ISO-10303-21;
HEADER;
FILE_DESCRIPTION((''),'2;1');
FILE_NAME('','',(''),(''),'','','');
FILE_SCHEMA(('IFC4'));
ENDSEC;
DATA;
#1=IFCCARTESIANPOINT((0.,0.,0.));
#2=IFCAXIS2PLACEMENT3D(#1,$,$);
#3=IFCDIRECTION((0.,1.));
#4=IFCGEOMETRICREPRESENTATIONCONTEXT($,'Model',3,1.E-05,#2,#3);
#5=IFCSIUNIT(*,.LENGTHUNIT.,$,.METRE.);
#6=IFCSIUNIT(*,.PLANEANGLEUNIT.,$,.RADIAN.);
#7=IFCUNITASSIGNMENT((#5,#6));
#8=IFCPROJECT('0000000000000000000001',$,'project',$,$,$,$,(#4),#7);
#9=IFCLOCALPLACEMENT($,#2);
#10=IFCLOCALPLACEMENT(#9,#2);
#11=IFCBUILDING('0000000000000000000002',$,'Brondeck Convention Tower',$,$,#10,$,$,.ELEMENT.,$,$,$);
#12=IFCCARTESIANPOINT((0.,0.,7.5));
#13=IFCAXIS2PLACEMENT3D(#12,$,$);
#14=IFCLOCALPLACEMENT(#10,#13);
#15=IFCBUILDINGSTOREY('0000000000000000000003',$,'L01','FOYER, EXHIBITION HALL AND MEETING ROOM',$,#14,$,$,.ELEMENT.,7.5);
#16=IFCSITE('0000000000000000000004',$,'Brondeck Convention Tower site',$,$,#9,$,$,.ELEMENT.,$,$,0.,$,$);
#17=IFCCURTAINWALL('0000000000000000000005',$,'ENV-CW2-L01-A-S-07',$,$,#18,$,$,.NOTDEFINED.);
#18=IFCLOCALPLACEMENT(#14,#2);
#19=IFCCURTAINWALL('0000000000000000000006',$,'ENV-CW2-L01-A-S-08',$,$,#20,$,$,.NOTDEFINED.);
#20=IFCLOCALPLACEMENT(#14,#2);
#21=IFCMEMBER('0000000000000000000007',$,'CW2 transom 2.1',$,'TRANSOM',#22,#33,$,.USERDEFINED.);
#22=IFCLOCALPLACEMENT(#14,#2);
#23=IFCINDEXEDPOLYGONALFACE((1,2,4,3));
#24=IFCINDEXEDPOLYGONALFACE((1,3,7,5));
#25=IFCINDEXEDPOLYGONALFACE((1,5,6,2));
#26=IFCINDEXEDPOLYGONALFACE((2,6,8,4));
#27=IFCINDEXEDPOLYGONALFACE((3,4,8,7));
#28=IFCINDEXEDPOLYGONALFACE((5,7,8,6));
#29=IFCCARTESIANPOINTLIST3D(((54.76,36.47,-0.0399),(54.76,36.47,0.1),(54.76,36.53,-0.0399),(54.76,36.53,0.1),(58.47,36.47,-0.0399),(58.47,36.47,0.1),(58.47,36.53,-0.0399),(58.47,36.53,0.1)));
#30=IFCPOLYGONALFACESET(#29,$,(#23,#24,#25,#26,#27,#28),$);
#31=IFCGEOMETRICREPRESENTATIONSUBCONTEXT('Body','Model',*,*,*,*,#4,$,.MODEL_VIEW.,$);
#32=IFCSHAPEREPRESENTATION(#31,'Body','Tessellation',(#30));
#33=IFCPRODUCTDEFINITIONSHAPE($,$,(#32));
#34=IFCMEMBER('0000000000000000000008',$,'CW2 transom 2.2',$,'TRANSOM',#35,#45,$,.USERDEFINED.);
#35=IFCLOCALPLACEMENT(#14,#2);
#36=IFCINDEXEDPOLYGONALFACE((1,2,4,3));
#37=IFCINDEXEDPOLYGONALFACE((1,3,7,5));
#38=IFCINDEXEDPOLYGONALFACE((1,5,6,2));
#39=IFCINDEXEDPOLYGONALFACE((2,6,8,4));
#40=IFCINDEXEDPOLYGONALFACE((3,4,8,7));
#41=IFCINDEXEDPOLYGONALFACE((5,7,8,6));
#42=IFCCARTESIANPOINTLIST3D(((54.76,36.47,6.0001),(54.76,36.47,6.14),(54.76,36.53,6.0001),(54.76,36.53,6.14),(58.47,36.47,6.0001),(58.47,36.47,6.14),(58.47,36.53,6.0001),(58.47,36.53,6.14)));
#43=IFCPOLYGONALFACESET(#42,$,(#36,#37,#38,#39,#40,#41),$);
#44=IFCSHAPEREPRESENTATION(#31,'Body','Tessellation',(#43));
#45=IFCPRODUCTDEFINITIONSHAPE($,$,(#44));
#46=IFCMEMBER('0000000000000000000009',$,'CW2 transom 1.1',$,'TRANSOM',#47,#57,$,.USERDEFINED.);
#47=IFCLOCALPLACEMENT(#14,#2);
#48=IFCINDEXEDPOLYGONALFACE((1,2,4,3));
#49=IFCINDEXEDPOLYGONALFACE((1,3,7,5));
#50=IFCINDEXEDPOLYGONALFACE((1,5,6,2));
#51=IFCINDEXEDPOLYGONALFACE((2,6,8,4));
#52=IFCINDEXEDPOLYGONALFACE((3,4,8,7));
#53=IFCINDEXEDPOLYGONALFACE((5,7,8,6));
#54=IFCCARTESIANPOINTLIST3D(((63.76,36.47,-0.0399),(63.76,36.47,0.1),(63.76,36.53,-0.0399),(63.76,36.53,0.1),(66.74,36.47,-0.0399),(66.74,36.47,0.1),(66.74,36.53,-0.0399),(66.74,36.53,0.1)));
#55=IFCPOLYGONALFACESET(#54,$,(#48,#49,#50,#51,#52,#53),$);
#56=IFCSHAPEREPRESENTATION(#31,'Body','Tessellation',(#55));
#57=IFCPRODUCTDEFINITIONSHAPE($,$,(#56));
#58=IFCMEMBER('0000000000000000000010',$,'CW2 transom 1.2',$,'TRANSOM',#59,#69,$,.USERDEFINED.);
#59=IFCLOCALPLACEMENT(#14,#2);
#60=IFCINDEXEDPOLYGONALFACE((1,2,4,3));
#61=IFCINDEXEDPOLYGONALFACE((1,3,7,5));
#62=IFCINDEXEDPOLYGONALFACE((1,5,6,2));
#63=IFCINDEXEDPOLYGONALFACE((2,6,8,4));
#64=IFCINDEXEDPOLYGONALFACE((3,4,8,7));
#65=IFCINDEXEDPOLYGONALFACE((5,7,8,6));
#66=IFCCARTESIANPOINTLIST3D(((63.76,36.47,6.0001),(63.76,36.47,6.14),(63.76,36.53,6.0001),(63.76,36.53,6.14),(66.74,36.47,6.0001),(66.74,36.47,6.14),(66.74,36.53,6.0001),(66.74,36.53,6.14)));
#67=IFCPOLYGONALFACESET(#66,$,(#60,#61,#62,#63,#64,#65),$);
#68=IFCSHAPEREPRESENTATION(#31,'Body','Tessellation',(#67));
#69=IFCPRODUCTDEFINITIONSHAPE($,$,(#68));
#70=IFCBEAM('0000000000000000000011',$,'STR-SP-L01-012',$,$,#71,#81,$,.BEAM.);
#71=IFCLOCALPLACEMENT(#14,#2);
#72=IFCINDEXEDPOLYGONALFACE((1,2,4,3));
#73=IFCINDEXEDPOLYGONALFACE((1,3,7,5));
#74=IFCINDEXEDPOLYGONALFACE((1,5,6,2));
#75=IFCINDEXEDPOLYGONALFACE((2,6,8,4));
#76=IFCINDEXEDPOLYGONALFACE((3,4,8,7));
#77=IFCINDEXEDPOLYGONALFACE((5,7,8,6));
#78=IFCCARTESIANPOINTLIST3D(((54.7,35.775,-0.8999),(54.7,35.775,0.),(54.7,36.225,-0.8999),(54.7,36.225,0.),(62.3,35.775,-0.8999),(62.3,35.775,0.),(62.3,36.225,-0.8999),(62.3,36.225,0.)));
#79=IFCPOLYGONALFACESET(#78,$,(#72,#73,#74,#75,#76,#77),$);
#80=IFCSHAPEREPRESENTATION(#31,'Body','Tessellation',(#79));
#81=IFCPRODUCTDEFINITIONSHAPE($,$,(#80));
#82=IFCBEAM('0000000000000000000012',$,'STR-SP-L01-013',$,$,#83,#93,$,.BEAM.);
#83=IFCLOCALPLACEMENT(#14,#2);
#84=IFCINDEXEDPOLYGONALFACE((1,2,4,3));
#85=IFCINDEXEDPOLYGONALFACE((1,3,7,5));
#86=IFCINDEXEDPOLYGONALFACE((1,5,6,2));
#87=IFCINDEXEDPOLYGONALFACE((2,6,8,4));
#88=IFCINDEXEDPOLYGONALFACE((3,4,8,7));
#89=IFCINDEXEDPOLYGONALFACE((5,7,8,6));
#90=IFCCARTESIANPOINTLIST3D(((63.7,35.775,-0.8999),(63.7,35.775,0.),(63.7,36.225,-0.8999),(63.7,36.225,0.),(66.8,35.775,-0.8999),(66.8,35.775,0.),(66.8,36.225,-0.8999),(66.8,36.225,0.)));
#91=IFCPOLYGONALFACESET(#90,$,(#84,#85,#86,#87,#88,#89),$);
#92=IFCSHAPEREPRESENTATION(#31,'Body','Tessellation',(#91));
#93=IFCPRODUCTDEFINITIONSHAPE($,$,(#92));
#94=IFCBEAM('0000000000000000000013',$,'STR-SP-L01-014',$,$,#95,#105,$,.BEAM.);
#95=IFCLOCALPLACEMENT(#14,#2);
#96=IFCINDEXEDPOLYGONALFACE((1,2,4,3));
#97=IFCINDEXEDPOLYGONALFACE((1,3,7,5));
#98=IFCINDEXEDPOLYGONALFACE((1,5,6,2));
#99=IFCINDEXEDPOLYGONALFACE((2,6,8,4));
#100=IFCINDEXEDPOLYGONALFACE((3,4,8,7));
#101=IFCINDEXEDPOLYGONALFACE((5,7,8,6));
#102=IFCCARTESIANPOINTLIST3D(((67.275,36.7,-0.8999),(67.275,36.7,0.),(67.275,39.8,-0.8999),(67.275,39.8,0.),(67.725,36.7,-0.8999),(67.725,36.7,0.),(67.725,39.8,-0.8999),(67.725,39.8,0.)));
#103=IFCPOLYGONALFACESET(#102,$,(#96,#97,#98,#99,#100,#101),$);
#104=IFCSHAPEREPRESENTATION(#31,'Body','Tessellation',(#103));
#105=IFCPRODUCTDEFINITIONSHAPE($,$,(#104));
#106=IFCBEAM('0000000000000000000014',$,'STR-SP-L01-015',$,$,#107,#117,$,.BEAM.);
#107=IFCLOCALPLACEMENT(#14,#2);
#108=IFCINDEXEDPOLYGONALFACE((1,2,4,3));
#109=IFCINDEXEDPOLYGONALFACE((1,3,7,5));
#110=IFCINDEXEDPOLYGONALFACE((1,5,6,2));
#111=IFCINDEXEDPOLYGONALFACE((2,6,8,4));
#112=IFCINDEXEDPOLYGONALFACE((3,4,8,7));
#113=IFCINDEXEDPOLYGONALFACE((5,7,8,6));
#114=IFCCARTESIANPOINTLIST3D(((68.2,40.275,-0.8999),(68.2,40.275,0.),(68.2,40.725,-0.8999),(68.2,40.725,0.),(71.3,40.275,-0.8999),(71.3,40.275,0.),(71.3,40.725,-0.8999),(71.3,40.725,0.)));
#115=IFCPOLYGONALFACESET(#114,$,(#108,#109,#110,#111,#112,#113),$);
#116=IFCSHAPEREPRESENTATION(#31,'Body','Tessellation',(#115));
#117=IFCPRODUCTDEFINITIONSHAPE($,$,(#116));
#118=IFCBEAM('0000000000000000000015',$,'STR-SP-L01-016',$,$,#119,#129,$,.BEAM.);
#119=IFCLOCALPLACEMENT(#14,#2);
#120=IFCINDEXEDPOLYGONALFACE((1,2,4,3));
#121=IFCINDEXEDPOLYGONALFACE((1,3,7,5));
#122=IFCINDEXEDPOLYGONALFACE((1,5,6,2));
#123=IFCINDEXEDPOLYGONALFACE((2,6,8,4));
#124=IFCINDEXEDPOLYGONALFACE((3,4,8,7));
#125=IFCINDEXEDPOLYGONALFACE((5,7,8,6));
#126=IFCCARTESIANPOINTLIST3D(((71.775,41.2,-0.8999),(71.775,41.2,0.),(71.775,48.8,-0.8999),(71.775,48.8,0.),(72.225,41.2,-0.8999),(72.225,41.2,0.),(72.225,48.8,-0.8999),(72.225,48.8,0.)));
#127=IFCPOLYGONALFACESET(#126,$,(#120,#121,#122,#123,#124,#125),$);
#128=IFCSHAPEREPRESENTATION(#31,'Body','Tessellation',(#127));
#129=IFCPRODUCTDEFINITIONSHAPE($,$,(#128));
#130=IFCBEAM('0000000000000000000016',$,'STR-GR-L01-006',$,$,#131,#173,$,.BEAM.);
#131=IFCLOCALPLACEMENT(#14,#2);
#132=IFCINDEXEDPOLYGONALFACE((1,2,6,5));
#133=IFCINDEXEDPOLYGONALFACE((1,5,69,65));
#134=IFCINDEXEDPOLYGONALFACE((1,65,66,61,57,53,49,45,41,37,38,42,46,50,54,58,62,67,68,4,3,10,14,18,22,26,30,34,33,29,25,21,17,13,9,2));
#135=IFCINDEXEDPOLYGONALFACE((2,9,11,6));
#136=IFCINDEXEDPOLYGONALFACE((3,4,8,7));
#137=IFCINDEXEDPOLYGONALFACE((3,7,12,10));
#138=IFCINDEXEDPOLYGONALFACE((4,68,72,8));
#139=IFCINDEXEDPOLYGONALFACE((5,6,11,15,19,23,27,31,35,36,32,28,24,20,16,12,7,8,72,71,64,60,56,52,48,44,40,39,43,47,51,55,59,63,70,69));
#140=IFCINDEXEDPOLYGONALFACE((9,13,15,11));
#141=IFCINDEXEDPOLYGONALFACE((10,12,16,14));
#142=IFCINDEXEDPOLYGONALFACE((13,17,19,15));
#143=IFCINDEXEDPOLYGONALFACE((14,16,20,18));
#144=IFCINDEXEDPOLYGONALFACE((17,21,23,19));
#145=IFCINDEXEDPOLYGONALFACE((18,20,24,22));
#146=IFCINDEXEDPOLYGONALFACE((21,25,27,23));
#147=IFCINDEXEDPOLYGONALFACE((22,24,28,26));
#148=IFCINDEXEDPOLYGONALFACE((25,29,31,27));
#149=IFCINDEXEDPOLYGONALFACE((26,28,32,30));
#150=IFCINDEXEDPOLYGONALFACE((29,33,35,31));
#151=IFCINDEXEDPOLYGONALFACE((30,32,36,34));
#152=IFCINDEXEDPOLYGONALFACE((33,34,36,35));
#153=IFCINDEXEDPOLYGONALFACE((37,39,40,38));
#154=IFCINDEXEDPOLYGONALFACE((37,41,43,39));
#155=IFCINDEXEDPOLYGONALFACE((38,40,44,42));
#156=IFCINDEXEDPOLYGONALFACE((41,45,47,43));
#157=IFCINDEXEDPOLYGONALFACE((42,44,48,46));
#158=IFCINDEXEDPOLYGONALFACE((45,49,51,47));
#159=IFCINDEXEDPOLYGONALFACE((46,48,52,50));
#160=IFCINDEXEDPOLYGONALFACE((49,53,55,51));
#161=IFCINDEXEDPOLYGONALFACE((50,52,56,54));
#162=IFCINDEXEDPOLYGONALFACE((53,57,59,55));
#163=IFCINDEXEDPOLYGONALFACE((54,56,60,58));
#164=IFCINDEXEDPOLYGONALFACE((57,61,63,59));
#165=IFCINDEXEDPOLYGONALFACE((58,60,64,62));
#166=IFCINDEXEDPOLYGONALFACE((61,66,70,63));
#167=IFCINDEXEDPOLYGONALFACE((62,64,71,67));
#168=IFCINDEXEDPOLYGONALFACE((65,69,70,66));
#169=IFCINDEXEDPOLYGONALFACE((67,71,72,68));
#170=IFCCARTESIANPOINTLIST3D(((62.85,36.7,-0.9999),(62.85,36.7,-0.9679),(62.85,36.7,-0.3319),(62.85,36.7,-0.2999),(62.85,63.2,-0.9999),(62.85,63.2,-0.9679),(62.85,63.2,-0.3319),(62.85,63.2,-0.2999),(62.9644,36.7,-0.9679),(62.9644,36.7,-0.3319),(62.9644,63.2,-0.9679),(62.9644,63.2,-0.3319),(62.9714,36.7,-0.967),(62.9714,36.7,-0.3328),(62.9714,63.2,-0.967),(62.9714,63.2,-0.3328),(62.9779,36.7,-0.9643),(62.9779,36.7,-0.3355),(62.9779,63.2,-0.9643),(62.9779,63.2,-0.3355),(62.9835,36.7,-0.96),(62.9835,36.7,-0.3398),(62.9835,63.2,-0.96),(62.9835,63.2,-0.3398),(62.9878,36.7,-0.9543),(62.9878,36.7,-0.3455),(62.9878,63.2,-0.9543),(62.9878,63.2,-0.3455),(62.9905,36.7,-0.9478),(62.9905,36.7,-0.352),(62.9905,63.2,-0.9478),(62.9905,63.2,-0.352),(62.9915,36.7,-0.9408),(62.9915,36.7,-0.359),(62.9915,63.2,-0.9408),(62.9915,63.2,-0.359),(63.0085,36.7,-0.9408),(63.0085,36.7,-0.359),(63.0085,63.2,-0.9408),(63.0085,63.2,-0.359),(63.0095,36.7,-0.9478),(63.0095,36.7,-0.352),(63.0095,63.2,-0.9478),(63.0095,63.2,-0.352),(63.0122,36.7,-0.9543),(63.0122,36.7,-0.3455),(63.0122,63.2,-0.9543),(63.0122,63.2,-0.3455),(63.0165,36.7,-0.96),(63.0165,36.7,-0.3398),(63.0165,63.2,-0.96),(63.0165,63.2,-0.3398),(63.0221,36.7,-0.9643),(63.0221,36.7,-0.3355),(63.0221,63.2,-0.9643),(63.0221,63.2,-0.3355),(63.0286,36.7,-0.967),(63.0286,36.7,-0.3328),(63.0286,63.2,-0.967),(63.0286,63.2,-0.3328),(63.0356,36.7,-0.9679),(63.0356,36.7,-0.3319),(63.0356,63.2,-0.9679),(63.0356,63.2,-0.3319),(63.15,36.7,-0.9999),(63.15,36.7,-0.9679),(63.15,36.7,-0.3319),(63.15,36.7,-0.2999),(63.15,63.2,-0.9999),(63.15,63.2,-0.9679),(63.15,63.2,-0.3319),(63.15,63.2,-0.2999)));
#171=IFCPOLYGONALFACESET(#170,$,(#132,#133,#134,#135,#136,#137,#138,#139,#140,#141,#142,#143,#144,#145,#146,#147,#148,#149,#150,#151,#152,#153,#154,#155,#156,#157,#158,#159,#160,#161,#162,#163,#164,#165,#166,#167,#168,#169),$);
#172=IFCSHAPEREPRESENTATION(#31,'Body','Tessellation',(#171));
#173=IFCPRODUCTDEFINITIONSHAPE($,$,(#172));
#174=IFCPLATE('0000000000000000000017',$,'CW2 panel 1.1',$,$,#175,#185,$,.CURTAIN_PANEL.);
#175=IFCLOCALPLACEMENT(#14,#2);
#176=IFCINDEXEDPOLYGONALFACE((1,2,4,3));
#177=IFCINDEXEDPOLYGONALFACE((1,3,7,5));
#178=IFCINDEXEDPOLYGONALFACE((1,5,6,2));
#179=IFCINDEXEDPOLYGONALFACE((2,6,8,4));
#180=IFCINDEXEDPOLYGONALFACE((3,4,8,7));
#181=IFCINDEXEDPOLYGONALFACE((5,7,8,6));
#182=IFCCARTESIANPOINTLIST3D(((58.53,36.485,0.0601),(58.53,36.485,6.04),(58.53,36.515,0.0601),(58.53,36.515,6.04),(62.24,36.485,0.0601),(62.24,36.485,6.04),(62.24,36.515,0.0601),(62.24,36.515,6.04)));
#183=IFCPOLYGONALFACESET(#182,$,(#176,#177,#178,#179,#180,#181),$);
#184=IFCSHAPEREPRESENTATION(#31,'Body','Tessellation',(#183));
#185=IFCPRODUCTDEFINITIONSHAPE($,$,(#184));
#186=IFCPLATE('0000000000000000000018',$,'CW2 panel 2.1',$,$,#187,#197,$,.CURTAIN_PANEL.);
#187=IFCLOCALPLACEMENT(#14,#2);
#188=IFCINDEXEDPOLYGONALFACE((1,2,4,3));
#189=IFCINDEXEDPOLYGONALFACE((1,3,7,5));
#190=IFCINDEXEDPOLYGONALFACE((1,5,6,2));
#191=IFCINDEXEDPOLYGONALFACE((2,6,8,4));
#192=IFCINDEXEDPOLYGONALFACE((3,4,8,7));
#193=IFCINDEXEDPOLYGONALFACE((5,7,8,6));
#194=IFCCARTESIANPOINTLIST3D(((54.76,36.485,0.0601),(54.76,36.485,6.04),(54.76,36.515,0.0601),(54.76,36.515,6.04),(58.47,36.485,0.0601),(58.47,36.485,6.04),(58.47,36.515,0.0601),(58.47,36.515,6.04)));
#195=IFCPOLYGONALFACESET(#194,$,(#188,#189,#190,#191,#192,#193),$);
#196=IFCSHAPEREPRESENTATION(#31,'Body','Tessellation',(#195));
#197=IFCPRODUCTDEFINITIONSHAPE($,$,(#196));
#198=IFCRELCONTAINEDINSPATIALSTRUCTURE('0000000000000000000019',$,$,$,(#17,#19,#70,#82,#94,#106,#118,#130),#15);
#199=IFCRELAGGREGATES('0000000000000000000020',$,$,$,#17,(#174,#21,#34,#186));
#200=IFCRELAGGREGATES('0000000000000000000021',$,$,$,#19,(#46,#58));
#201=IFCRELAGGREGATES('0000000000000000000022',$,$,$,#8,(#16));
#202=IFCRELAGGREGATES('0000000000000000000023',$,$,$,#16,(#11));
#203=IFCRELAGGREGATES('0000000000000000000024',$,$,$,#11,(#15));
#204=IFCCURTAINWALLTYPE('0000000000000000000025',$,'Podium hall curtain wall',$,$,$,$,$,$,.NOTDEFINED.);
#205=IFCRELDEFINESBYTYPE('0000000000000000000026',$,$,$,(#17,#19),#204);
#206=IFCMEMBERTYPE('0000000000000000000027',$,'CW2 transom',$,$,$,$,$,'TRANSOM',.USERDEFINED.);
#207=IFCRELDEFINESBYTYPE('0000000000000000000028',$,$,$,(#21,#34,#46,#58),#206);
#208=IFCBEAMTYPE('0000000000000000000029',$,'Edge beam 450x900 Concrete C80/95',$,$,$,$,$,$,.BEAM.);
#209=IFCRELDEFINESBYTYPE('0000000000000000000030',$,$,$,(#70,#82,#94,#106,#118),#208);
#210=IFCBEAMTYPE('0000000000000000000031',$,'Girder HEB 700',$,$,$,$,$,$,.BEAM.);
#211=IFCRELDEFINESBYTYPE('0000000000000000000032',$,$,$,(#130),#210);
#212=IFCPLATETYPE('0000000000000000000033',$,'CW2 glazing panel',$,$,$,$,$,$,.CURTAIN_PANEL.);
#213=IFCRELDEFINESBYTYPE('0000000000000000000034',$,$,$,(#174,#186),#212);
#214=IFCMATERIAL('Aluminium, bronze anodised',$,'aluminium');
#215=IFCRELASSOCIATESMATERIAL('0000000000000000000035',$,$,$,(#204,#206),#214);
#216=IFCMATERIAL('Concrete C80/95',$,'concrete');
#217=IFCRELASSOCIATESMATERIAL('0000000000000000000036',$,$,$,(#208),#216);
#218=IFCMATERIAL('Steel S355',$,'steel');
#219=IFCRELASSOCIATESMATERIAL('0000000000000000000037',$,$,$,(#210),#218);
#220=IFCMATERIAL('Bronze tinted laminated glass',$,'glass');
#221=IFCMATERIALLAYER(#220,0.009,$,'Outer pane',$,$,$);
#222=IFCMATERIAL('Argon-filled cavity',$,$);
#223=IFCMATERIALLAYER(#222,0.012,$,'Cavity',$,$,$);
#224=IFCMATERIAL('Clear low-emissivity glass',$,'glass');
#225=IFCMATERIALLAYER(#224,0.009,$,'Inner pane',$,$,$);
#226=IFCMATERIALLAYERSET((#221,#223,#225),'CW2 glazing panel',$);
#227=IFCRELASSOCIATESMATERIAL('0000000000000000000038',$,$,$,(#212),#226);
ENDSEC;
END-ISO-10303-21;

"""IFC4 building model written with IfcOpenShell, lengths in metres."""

from ifc_helpers import new_model, si_unit, direction, frame, origin, origin_2d, place, context, subcontext, project, spatial, rectangle, i_section, extrude, material, layer, layer_set, material_profile, profile_set, type_object, element, aggregate, save


model = new_model("IFC4")

# Units and contexts
model_context = context("Model", 3, precision=1e-05, world=origin(), true_north=direction((0.0, 1.0)))
body_context = subcontext(model_context, "Body", "Model", "MODEL_VIEW")
ifc_project = project(units=[si_unit("LENGTHUNIT", "METRE"), si_unit("PLANEANGLEUNIT", "RADIAN")], contexts=[model_context])

# Site, building, storey
site_placement = place(None, origin())
site = spatial("IfcSite", under=ifc_project, at=site_placement, Name="Brondeck Convention Tower site", CompositionType="ELEMENT", RefElevation=0.0)
building_placement = place(site_placement, origin())
building = spatial("IfcBuilding", under=site, at=building_placement, Name="Brondeck Convention Tower", CompositionType="ELEMENT")
storey_placement = place(building_placement, frame((0.0, 0.0, 7.5)))
storey = spatial("IfcBuildingStorey", under=building, at=storey_placement, Name="L01", Description="FOYER, EXHIBITION HALL AND MEETING ROOM", CompositionType="ELEMENT", Elevation=7.5)

# Shared definitions
ifc_material_1 = material(Name="Concrete C80/95", Category="concrete")

# Curtain walls
ifc_material_2 = material(Name="Aluminium, bronze anodised", Category="aluminium")
curtain_wall_type = type_object("IfcCurtainWallType", Name="Podium hall curtain wall", PredefinedType="NOTDEFINED", material=ifc_material_2)
curtain_wall_1_placement = place(storey_placement, origin())
curtain_wall_1 = element("IfcCurtainWall", 1, at=curtain_wall_1_placement, inside=storey, type_object=curtain_wall_type, Name="ENV-CW2-L01-A-S-07", PredefinedType="NOTDEFINED")
curtain_wall_2_placement = place(storey_placement, origin())
curtain_wall_2 = element("IfcCurtainWall", 2, at=curtain_wall_2_placement, inside=storey, type_object=curtain_wall_type, Name="ENV-CW2-L01-A-S-08", PredefinedType="NOTDEFINED")

# Members
ifc_material_profile_1 = material_profile(ifc_material_2, rectangle(XDim=0.0601, YDim=0.1399, at=origin_2d()), Name="CW2 transom")
ifc_profile_set_1 = profile_set([ifc_material_profile_1], Name="Aluminium, bronze anodised")
member_type_1 = type_object("IfcMemberType", Name="CW2 transom", ElementType="TRANSOM", PredefinedType="USERDEFINED", material=ifc_profile_set_1)
member_1_placement = place(storey_placement, frame((58.47, 36.5, 0.03), z_axis=(-1.0, 0.0, 0.0), x_axis=(0.0, -1.0, 0.0)))
member_1 = element("IfcMember", 3, at=member_1_placement, type_object=member_type_1, Name="CW2 transom 2.1", ObjectType="TRANSOM", PredefinedType="USERDEFINED", context=body_context, shape_type="SweptSolid", body=[
    extrude(rectangle(XDim=0.0601, YDim=0.1399, at=origin_2d()), origin(), (0.0, 0.0, 1.0), 3.71),
])
member_2_placement = place(storey_placement, frame((58.47, 36.5, 6.0701), z_axis=(-1.0, 0.0, 0.0), x_axis=(0.0, -1.0, 0.0)))
member_2 = element("IfcMember", 4, at=member_2_placement, type_object=member_type_1, Name="CW2 transom 2.2", ObjectType="TRANSOM", PredefinedType="USERDEFINED", context=body_context, shape_type="SweptSolid", body=[
    extrude(rectangle(XDim=0.0601, YDim=0.1399, at=origin_2d()), origin(), (0.0, 0.0, 1.0), 3.71),
])
member_3_placement = place(storey_placement, frame((66.74, 36.5, 0.03), z_axis=(-1.0, 0.0, 0.0), x_axis=(0.0, -1.0, 0.0)))
member_3 = element("IfcMember", 5, at=member_3_placement, type_object=member_type_1, Name="CW2 transom 1.1", ObjectType="TRANSOM", PredefinedType="USERDEFINED", context=body_context, shape_type="SweptSolid", body=[
    extrude(rectangle(XDim=0.0601, YDim=0.1399, at=origin_2d()), origin(), (0.0, 0.0, 1.0), 2.98),
])
member_4_placement = place(storey_placement, frame((66.74, 36.5, 6.0701), z_axis=(-1.0, 0.0, 0.0), x_axis=(0.0, -1.0, 0.0)))
member_4 = element("IfcMember", 6, at=member_4_placement, type_object=member_type_1, Name="CW2 transom 1.2", ObjectType="TRANSOM", PredefinedType="USERDEFINED", context=body_context, shape_type="SweptSolid", body=[
    extrude(rectangle(XDim=0.0601, YDim=0.1399, at=origin_2d()), origin(), (0.0, 0.0, 1.0), 2.98),
])

# Beams
ifc_material_profile_2 = material_profile(ifc_material_1, rectangle(XDim=0.45, YDim=0.8999, at=origin_2d()), Name="Edge beam 450x900 Concrete C80/95")
ifc_profile_set_2 = profile_set([ifc_material_profile_2], Name="Concrete C80/95")
beam_type_1 = type_object("IfcBeamType", Name="Edge beam 450x900 Concrete C80/95", PredefinedType="BEAM", material=ifc_profile_set_2)
beam_1_placement = place(storey_placement, frame((54.7, 36.0, -0.45), z_axis=(1.0, 0.0, 0.0), x_axis=(0.0, 1.0, 0.0)))
element("IfcBeam", 7, at=beam_1_placement, inside=storey, type_object=beam_type_1, Name="STR-SP-L01-012", PredefinedType="BEAM", context=body_context, shape_type="SweptSolid", body=[
    extrude(rectangle(XDim=0.45, YDim=0.8999, at=origin_2d()), origin(), (0.0, 0.0, 1.0), 7.6001),
])
for number, where, z_axis, x_axis, name in (
    (8, (63.7, 36.0, -0.45), (1.0, 0.0, 0.0), (0.0, 1.0, 0.0), "STR-SP-L01-013"),
    (9, (67.5, 36.7, -0.45), (0.0, 1.0, 0.0), (-1.0, 0.0, 0.0), "STR-SP-L01-014"),
    (10, (68.2, 40.5, -0.45), (1.0, 0.0, 0.0), (0.0, 1.0, 0.0), "STR-SP-L01-015"),
):
    element("IfcBeam", number, at=place(storey_placement, frame(where, z_axis=z_axis, x_axis=x_axis)), inside=storey, type_object=beam_type_1, Name=name, PredefinedType="BEAM", context=body_context, shape_type="SweptSolid", body=[
        extrude(rectangle(XDim=0.45, YDim=0.8999, at=origin_2d()), origin(), (0.0, 0.0, 1.0), 3.1001),
    ])
beam_2_placement = place(storey_placement, frame((72.0, 41.2, -0.45), z_axis=(0.0, 1.0, 0.0), x_axis=(-1.0, 0.0, 0.0)))
element("IfcBeam", 11, at=beam_2_placement, inside=storey, type_object=beam_type_1, Name="STR-SP-L01-016", PredefinedType="BEAM", context=body_context, shape_type="SweptSolid", body=[
    extrude(rectangle(XDim=0.45, YDim=0.8999, at=origin_2d()), origin(), (0.0, 0.0, 1.0), 7.6001),
])
ifc_material_3 = material(Name="Steel S355", Category="steel")
ifc_material_profile_3 = material_profile(ifc_material_3, i_section(OverallWidth=0.3, OverallDepth=0.7, WebThickness=0.0171, FlangeThickness=0.032, FilletRadius=0.0271, at=origin_2d()), Name="HEB 700")
ifc_profile_set_3 = profile_set([ifc_material_profile_3], Name="Steel S355")
beam_type_2 = type_object("IfcBeamType", Name="Girder HEB 700", PredefinedType="BEAM", material=ifc_profile_set_3)
beam_3_placement = place(storey_placement, frame((63.0, 36.7, -0.6499), z_axis=(0.0, 1.0, 0.0), x_axis=(-1.0, 0.0, 0.0)))
element("IfcBeam", 12, at=beam_3_placement, inside=storey, type_object=beam_type_2, Name="STR-GR-L01-006", PredefinedType="BEAM", context=body_context, shape_type="SweptSolid", body=[
    extrude(i_section(OverallWidth=0.3, OverallDepth=0.7, WebThickness=0.0171, FlangeThickness=0.032, FilletRadius=0.0271, at=origin_2d()), origin(), (0.0, 0.0, 1.0), 26.5),
])

# Plates
ifc_material_4 = material(Name="Bronze tinted laminated glass", Category="glass")
ifc_layer_1 = layer(ifc_material_4, 0.009, Name="Outer pane")
ifc_material_5 = material(Name="Argon-filled cavity")
ifc_layer_2 = layer(ifc_material_5, 0.012, Name="Cavity")
ifc_material_6 = material(Name="Clear low-emissivity glass", Category="glass")
ifc_layer_3 = layer(ifc_material_6, 0.009, Name="Inner pane")
ifc_layer_set_1 = layer_set([ifc_layer_1, ifc_layer_2, ifc_layer_3], Name="CW2 glazing panel")
plate_type = type_object("IfcPlateType", Name="CW2 glazing panel", PredefinedType="CURTAIN_PANEL", material=ifc_layer_set_1)
plate_1_placement = place(storey_placement, frame((60.385, 36.5, 0.0601), z_axis=(0.0, 0.0, 1.0), x_axis=(-1.0, 0.0, 0.0)))
plate_1 = element("IfcPlate", 13, at=plate_1_placement, type_object=plate_type, Name="CW2 panel 1.1", PredefinedType="CURTAIN_PANEL", context=body_context, shape_type="SweptSolid", body=[
    extrude(rectangle(XDim=3.71, YDim=0.03, at=origin_2d()), origin(), (0.0, 0.0, 1.0), 5.98),
])
plate_2_placement = place(storey_placement, frame((56.615, 36.5, 0.0601), z_axis=(0.0, 0.0, 1.0), x_axis=(-1.0, 0.0, 0.0)))
plate_2 = element("IfcPlate", 14, at=plate_2_placement, type_object=plate_type, Name="CW2 panel 2.1", PredefinedType="CURTAIN_PANEL", context=body_context, shape_type="SweptSolid", body=[
    extrude(rectangle(XDim=3.71, YDim=0.03, at=origin_2d()), origin(), (0.0, 0.0, 1.0), 5.98),
])
aggregate(curtain_wall_1, [plate_1, member_1, member_2, plate_2])
aggregate(curtain_wall_2, [member_3, member_4])

save(model, "model.ifc")
